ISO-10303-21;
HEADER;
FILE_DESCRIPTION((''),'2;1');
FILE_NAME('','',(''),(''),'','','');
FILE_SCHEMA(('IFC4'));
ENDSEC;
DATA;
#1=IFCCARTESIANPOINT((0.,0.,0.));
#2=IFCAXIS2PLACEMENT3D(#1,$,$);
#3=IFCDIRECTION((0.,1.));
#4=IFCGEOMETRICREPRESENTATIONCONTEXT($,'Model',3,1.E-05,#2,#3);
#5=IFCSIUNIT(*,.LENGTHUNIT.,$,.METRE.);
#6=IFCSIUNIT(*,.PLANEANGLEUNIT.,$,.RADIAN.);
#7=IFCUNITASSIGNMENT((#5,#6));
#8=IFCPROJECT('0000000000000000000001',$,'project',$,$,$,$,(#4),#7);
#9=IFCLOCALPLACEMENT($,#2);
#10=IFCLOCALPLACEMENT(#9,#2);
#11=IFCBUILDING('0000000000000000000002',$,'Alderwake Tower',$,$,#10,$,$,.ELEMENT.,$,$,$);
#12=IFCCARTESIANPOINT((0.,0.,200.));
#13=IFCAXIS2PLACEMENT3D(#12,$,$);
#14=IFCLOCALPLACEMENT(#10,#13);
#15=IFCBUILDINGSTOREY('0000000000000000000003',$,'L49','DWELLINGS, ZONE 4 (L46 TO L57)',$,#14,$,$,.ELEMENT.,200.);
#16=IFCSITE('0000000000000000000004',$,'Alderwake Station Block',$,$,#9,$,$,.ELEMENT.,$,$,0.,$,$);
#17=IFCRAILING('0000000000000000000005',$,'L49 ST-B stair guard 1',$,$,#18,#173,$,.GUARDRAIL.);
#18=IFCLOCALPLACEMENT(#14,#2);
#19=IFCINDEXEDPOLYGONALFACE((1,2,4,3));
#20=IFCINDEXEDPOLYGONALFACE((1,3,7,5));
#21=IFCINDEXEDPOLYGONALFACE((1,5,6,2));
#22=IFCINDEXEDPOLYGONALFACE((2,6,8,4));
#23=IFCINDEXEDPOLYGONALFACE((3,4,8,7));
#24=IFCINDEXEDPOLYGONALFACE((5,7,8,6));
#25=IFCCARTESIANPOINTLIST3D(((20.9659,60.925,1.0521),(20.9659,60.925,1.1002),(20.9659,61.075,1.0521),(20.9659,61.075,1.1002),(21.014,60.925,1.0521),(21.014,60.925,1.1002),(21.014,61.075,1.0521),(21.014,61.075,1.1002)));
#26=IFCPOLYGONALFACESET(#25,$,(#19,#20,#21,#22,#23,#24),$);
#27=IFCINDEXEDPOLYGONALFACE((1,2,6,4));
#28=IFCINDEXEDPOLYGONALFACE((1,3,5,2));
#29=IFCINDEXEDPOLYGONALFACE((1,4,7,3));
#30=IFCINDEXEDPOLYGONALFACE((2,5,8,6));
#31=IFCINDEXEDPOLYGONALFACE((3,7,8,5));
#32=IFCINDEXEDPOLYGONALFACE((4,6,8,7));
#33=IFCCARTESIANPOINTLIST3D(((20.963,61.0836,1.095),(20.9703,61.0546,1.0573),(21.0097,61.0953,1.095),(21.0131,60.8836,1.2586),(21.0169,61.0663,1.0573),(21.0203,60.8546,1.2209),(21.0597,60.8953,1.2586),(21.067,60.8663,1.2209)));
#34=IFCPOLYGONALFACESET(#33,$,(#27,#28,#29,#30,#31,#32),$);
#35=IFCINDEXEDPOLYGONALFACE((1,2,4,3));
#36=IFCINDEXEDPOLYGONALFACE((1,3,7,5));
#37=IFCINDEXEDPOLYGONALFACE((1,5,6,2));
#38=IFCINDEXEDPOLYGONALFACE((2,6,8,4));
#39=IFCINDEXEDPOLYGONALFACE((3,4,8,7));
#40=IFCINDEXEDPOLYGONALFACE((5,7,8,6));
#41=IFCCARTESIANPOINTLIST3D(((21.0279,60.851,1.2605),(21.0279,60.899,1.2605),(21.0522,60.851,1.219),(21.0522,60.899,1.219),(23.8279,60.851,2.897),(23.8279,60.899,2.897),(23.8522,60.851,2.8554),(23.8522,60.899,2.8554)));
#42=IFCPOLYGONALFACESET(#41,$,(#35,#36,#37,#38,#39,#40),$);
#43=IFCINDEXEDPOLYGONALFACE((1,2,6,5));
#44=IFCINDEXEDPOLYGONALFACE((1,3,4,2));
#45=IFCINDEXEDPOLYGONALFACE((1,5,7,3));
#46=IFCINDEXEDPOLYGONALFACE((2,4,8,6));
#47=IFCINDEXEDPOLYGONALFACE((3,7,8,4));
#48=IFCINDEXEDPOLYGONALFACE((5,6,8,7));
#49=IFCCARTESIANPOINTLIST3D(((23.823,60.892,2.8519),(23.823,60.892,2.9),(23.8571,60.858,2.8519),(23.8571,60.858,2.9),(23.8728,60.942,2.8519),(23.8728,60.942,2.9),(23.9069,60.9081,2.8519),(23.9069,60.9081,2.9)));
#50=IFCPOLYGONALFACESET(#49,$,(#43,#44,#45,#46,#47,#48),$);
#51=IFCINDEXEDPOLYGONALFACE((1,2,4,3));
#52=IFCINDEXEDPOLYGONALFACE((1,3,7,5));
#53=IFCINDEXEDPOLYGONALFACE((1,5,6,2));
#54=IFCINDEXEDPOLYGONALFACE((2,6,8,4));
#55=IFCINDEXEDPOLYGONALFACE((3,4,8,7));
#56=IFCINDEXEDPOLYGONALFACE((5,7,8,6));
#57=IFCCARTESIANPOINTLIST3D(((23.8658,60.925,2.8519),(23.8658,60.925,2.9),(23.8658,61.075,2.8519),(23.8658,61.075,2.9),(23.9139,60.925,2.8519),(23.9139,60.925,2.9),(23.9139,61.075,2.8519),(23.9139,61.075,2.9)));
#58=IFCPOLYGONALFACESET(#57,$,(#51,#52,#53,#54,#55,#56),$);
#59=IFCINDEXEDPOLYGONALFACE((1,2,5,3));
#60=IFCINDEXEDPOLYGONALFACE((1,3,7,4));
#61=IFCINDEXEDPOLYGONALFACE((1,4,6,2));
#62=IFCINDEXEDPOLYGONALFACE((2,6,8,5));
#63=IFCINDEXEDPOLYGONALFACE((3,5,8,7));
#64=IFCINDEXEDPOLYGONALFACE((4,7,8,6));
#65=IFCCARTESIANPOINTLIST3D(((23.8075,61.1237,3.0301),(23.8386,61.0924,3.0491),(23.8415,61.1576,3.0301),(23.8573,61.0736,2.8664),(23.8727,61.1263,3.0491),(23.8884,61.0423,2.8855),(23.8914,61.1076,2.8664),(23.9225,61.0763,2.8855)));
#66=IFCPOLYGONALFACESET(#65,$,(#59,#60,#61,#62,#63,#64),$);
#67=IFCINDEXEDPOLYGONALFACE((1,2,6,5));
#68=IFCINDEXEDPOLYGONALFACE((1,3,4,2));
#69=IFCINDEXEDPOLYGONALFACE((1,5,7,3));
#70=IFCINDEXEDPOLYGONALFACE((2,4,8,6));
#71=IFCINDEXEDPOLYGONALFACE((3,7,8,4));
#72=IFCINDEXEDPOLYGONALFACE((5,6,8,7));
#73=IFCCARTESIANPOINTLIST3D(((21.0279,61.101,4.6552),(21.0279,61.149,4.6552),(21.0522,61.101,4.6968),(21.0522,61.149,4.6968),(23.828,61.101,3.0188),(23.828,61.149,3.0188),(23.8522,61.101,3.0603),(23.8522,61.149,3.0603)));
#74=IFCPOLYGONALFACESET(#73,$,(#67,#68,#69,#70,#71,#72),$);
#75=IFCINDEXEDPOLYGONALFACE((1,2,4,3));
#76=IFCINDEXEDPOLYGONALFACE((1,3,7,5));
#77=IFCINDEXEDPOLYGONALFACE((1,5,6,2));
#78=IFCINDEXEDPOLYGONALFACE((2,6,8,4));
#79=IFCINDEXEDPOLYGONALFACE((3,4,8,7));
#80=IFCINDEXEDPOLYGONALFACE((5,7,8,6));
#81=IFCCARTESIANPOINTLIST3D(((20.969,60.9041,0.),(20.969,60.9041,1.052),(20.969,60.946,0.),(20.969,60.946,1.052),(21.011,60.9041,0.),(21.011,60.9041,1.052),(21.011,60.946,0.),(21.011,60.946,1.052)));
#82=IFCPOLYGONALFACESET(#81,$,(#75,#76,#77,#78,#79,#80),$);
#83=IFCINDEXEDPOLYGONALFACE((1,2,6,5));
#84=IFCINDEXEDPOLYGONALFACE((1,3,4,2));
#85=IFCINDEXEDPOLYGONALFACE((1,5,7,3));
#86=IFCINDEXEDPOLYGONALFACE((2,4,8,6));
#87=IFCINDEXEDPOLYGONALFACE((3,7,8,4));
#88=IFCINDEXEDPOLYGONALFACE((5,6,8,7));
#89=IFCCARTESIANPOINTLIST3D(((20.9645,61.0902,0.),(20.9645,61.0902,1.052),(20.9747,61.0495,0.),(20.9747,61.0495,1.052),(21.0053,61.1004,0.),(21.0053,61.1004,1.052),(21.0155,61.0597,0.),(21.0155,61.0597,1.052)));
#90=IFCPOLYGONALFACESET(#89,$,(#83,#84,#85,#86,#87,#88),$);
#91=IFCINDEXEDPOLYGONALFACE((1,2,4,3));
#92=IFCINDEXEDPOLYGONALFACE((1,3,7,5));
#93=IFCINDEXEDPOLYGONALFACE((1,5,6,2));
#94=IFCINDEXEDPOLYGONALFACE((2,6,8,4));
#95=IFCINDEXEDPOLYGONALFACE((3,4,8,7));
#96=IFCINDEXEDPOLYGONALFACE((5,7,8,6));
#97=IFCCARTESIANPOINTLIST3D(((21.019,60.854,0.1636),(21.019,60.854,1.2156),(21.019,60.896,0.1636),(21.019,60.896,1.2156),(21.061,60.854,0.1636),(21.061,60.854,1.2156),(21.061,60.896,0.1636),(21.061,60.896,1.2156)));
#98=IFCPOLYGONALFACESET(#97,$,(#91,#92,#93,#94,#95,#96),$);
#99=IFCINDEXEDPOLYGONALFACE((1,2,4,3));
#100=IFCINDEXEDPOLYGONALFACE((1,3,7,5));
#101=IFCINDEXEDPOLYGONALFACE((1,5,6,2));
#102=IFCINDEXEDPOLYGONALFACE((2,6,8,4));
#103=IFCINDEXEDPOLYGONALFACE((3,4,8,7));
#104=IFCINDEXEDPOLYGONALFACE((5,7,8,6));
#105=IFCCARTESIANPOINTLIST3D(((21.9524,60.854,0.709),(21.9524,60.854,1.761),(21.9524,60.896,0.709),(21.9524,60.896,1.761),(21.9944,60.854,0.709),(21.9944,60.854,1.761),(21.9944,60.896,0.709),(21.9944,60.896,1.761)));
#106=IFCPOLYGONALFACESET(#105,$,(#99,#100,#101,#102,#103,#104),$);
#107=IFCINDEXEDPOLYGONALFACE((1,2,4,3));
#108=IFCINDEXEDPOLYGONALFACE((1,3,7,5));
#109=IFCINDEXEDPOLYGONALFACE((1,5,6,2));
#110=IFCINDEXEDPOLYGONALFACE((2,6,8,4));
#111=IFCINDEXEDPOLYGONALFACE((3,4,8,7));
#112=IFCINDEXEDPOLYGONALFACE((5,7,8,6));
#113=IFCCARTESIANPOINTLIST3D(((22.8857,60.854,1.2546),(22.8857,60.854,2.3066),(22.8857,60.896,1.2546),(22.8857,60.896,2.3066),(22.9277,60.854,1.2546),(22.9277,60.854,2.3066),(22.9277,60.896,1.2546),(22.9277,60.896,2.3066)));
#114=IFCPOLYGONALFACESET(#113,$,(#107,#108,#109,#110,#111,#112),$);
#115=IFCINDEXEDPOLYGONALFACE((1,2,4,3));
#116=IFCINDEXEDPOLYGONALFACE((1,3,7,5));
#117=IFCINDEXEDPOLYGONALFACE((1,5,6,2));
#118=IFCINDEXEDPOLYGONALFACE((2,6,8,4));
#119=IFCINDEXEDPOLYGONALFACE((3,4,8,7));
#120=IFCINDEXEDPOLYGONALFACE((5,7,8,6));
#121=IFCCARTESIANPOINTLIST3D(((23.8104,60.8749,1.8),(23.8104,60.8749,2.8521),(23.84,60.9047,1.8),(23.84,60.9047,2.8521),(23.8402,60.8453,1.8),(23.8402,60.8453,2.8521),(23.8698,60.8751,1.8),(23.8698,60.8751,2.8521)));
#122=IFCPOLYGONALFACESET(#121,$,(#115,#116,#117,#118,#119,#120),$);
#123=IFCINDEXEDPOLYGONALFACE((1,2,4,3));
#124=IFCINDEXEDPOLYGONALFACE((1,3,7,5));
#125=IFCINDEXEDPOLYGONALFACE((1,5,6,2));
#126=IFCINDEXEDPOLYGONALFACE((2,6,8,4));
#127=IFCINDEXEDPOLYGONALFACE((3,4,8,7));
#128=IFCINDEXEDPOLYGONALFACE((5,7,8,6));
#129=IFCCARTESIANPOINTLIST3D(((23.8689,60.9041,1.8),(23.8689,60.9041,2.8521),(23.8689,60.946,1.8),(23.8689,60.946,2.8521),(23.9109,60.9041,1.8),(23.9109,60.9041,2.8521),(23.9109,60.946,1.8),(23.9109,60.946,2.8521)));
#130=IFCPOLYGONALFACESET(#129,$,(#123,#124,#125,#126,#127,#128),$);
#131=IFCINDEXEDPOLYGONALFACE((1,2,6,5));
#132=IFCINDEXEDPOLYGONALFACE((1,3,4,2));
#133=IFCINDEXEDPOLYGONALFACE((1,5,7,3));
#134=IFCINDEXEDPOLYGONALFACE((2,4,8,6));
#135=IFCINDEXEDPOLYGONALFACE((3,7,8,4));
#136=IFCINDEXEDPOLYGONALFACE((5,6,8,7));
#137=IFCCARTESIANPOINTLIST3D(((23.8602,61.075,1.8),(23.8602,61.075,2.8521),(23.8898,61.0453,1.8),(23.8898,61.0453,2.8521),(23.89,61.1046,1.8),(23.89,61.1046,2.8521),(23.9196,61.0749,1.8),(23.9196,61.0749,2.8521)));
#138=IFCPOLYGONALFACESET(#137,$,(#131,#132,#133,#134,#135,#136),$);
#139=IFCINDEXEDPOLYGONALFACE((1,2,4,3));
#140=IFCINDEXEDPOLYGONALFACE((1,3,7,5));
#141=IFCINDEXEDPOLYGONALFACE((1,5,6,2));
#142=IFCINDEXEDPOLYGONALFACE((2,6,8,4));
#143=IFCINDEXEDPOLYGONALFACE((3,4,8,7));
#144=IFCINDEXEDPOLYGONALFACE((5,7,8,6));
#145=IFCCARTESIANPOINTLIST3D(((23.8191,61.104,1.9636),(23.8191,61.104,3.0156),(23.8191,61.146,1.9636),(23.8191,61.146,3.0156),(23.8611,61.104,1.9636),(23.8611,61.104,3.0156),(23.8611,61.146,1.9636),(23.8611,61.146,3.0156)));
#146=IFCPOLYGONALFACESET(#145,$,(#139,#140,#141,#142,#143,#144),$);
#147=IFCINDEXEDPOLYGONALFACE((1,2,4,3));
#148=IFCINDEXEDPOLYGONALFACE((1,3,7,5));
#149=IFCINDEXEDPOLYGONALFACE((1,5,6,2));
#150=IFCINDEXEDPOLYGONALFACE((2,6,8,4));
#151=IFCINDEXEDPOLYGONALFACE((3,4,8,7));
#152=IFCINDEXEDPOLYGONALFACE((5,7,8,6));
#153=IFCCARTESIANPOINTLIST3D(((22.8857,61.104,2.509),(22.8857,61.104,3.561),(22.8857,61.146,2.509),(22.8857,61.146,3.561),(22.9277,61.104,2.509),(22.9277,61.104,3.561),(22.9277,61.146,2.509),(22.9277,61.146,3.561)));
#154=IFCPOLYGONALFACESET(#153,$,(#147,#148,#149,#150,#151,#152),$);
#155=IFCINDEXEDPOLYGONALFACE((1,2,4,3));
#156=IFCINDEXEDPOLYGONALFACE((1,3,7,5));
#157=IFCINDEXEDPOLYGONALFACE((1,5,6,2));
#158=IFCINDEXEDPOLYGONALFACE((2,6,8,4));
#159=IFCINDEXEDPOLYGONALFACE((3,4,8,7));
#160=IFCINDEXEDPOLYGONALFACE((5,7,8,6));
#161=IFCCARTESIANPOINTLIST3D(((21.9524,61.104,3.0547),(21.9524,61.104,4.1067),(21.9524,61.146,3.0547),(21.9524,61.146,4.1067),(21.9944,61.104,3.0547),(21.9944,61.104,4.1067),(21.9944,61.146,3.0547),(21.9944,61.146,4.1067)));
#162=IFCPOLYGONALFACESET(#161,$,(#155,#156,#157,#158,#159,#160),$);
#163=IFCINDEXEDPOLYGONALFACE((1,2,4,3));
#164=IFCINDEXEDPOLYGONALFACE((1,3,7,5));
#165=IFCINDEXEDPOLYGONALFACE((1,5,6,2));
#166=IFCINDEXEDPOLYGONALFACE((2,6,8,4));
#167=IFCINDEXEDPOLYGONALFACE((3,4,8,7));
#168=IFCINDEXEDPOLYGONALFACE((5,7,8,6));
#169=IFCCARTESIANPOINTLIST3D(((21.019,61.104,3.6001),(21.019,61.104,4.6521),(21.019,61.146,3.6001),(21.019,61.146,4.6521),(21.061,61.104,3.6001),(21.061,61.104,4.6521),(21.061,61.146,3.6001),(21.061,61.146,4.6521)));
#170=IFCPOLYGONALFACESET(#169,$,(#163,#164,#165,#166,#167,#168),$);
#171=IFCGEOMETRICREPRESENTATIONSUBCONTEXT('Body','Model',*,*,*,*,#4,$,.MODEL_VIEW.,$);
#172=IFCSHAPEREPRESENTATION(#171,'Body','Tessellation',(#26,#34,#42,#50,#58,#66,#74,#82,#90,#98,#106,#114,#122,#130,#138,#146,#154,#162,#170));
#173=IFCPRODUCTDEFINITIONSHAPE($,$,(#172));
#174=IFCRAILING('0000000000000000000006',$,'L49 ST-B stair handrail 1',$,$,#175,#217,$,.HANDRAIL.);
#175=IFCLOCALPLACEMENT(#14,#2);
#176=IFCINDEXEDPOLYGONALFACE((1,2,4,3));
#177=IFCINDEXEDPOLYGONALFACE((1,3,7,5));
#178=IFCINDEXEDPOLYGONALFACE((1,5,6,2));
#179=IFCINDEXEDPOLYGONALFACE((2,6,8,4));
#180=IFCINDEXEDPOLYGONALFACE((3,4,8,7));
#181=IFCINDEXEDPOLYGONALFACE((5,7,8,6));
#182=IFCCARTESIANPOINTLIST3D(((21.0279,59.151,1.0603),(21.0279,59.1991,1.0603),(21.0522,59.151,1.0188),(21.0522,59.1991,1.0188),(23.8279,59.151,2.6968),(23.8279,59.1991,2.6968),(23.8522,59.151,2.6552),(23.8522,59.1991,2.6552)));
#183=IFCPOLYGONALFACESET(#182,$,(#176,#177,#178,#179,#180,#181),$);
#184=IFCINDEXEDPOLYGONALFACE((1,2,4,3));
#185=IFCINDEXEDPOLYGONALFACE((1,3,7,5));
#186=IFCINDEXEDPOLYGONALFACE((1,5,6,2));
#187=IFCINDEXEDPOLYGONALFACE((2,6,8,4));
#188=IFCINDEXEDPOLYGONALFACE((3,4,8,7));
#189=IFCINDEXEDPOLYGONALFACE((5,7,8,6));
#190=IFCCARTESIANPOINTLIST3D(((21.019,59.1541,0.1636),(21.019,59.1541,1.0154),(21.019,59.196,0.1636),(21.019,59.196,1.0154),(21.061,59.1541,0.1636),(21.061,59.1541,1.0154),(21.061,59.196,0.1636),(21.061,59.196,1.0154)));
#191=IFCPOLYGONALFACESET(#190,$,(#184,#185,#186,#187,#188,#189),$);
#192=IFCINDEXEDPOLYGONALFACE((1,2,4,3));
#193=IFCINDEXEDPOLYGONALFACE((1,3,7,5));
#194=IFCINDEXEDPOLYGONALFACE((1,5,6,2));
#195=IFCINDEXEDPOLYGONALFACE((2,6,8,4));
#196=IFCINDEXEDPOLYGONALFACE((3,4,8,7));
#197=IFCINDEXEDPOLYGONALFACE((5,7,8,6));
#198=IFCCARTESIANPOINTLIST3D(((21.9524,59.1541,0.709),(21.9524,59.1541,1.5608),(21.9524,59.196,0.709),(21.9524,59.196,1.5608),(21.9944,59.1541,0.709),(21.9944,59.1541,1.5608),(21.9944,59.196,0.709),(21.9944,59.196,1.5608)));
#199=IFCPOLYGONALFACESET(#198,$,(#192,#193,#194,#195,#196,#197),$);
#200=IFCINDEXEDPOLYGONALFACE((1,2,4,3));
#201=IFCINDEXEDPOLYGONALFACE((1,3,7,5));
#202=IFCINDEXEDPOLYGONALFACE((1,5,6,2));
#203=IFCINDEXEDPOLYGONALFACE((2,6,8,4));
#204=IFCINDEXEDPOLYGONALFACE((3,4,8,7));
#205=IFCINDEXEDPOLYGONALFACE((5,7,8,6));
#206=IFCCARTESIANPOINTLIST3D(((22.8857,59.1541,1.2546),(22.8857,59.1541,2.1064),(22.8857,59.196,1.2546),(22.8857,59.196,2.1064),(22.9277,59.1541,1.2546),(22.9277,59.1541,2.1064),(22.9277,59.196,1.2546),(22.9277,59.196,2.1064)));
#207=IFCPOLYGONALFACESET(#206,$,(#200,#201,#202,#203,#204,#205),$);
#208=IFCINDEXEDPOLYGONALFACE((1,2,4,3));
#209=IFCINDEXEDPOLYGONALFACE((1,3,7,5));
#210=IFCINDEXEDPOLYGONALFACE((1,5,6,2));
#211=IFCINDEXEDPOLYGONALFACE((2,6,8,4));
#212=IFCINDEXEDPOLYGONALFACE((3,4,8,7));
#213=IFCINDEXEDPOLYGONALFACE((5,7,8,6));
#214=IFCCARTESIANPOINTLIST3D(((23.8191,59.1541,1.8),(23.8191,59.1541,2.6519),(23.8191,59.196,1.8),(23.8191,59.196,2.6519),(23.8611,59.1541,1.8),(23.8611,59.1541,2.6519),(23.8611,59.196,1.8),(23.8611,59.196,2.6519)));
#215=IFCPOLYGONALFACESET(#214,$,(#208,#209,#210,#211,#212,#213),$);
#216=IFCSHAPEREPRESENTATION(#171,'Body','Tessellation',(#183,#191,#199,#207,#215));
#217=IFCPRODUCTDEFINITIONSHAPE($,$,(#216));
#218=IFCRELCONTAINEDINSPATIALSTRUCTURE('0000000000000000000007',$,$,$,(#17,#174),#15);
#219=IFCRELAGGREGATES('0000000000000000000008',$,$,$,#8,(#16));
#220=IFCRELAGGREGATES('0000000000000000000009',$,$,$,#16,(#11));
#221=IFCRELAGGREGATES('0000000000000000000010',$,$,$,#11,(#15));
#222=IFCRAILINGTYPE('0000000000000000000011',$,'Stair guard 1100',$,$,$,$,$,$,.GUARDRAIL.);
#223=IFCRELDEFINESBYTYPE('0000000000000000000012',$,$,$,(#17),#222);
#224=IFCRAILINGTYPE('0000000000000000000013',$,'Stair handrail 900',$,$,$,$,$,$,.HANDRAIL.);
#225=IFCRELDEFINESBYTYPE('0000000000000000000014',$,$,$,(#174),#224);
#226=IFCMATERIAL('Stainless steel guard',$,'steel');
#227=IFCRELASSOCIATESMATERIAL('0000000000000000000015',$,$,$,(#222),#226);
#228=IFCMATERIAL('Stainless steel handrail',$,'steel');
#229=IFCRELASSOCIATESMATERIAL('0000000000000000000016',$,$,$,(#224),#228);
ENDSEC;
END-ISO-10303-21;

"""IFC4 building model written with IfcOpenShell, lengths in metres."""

from ifc_helpers import new_model, si_unit, direction, frame, origin, origin_with_axes, origin_2d, place, context, subcontext, project, spatial, rectangle, extrude, material, type_object, element, save


model = new_model("IFC4")

# Units and contexts
model_context = context("Model", 3, precision=1e-05, world=origin(), true_north=direction((0.0, 1.0)))
body_context = subcontext(model_context, "Body", "Model", "MODEL_VIEW")
ifc_project = project(units=[si_unit("LENGTHUNIT", "METRE"), si_unit("PLANEANGLEUNIT", "RADIAN")], contexts=[model_context])

# Site, building, storey
site_placement = place(None, origin())
site = spatial("IfcSite", under=ifc_project, at=site_placement, Name="Alderwake Station Block", CompositionType="ELEMENT", RefElevation=0.0)
building_placement = place(site_placement, origin())
building = spatial("IfcBuilding", under=site, at=building_placement, Name="Alderwake Tower", CompositionType="ELEMENT")
storey_placement = place(building_placement, frame((0.0, 0.0, 200.0)))
storey = spatial("IfcBuildingStorey", under=building, at=storey_placement, Name="L49", Description="DWELLINGS, ZONE 4 (L46 TO L57)", CompositionType="ELEMENT", Elevation=200.0)

# Railings
ifc_material_1 = material(Name="Stainless steel guard", Category="steel")
railing_type_1 = type_object("IfcRailingType", Name="Stair guard 1100", PredefinedType="GUARDRAIL", material=ifc_material_1)
railing_1_placement = place(storey_placement, frame((20.99, 60.925, 0.0)))
element("IfcRailing", 1, at=railing_1_placement, inside=storey, type_object=railing_type_1, Name="L49 ST-B stair guard 1", PredefinedType="GUARDRAIL", context=body_context, shape_type="SweptSolid", body=[
    extrude(rectangle(XDim=0.0481, YDim=0.0481, at=origin_2d()), frame((0.0, 0.0, 1.0762), z_axis=(0.0, 1.0, 0.0), x_axis=(-1.0, 0.0, 0.0)), (0.0, 0.0, 1.0), 0.1499),
    extrude(rectangle(XDim=0.0481, YDim=0.0481, at=origin_2d()), frame((0.0, 0.1499, 1.0762), z_axis=(0.1902, -0.75987, 0.621628), x_axis=(0.970073, 0.242814, 0.0)), (0.0, 0.0, 1.0), 0.2632),
    extrude(rectangle(XDim=0.0481, YDim=0.0481, at=origin_2d()), frame((0.05, -0.05, 1.2397), z_axis=(0.863361, 0.0, 0.504587), x_axis=(0.0, 1.0, 0.0)), (0.0, 0.0, 1.0), 3.2432),
    extrude(rectangle(XDim=0.0481, YDim=0.0481, at=origin_2d()), frame((2.8501, -0.05, 2.876), z_axis=(0.705376, 0.708834, 0.0), x_axis=(-0.708834, 0.705376, 0.0)), (0.0, 0.0, 1.0), 0.0706),
    extrude(rectangle(XDim=0.0481, YDim=0.0481, at=origin_2d()), frame((2.8999, 0.0, 2.876), z_axis=(0.0, 1.0, 0.0), x_axis=(-1.0, 0.0, 0.0)), (0.0, 0.0, 1.0), 0.1499),
    extrude(rectangle(XDim=0.0481, YDim=0.0481, at=origin_2d()), frame((2.8999, 0.1499, 2.876), z_axis=(-0.279546, 0.280917, 0.918118), x_axis=(-0.708834, -0.705376, 0.0)), (0.0, 0.0, 1.0), 0.1782),
    extrude(rectangle(XDim=0.0481, YDim=0.0481, at=origin_2d()), frame((2.8501, 0.2, 3.0396), z_axis=(-0.863361, 0.0, 0.504587), x_axis=(0.0, -1.0, 0.0)), (0.0, 0.0, 1.0), 3.2432),
    extrude(rectangle(XDim=0.042, YDim=0.042, at=origin_2d()), frame((0.0, 0.0, 0.0), z_axis=(0.0, 0.0, 1.0), x_axis=(0.0, 1.0, 0.0)), (0.0, 0.0, 1.0), 1.052),
    extrude(rectangle(XDim=0.042, YDim=0.042, at=origin_2d()), frame((0.0, 0.1499, 0.0), z_axis=(0.0, 0.0, 1.0), x_axis=(0.242814, -0.970073, 0.0)), (0.0, 0.0, 1.0), 1.052),
    extrude(rectangle(XDim=0.042, YDim=0.042, at=origin_2d()), frame((0.05, -0.05, 0.1636), z_axis=(0.0, 0.0, 1.0), x_axis=(1.0, 0.0, 0.0)), (0.0, 0.0, 1.0), 1.052),
    extrude(rectangle(XDim=0.042, YDim=0.042, at=origin_2d()), frame((0.9834, -0.05, 0.709), z_axis=(0.0, 0.0, 1.0), x_axis=(1.0, 0.0, 0.0)), (0.0, 0.0, 1.0), 1.052),
    extrude(rectangle(XDim=0.042, YDim=0.042, at=origin_2d()), frame((1.9167, -0.05, 1.2546), z_axis=(0.0, 0.0, 1.0), x_axis=(1.0, 0.0, 0.0)), (0.0, 0.0, 1.0), 1.052),
    extrude(rectangle(XDim=0.042, YDim=0.042, at=origin_2d()), frame((2.8501, -0.05, 1.8), z_axis=(0.0, 0.0, 1.0), x_axis=(0.705376, 0.708834, 0.0)), (0.0, 0.0, 1.0), 1.052),
    extrude(rectangle(XDim=0.042, YDim=0.042, at=origin_2d()), frame((2.8999, 0.0, 1.8), z_axis=(0.0, 0.0, 1.0), x_axis=(0.0, 1.0, 0.0)), (0.0, 0.0, 1.0), 1.052),
    extrude(rectangle(XDim=0.042, YDim=0.042, at=origin_2d()), frame((2.8999, 0.1499, 1.8), z_axis=(0.0, 0.0, 1.0), x_axis=(-0.705376, 0.708834, 0.0)), (0.0, 0.0, 1.0), 1.052),
    extrude(rectangle(XDim=0.042, YDim=0.042, at=origin_2d()), frame((2.8501, 0.2, 1.9636), z_axis=(0.0, 0.0, 1.0), x_axis=(-1.0, 0.0, 0.0)), (0.0, 0.0, 1.0), 1.052),
    extrude(rectangle(XDim=0.042, YDim=0.042, at=origin_2d()), frame((1.9167, 0.2, 2.509), z_axis=(0.0, 0.0, 1.0), x_axis=(-1.0, 0.0, 0.0)), (0.0, 0.0, 1.0), 1.052),
    extrude(rectangle(XDim=0.042, YDim=0.042, at=origin_2d()), frame((0.9834, 0.2, 3.0547), z_axis=(0.0, 0.0, 1.0), x_axis=(-1.0, 0.0, 0.0)), (0.0, 0.0, 1.0), 1.052),
    extrude(rectangle(XDim=0.042, YDim=0.042, at=origin_2d()), frame((0.05, 0.2, 3.6001), z_axis=(0.0, 0.0, 1.0), x_axis=(-1.0, 0.0, 0.0)), (0.0, 0.0, 1.0), 1.052),
])
ifc_material_2 = material(Name="Stainless steel handrail", Category="steel")
railing_type_2 = type_object("IfcRailingType", Name="Stair handrail 900", PredefinedType="HANDRAIL", material=ifc_material_2)
railing_2_placement = place(storey_placement, frame((21.04, 59.175, 0.1636)))
element("IfcRailing", 2, at=railing_2_placement, inside=storey, type_object=railing_type_2, Name="L49 ST-B stair handrail 1", PredefinedType="HANDRAIL", context=body_context, shape_type="SweptSolid", body=[
    extrude(rectangle(XDim=0.0481, YDim=0.0481, at=origin_2d()), frame((0.0, 0.0, 0.876), z_axis=(0.863361, 0.0, 0.504587), x_axis=(0.0, 1.0, 0.0)), (0.0, 0.0, 1.0), 3.2432),
    extrude(rectangle(XDim=0.042, YDim=0.042, at=origin_2d()), origin_with_axes(), (0.0, 0.0, 1.0), 0.8518),
    extrude(rectangle(XDim=0.042, YDim=0.042, at=origin_2d()), frame((0.9333, 0.0, 0.5454), z_axis=(0.0, 0.0, 1.0), x_axis=(1.0, 0.0, 0.0)), (0.0, 0.0, 1.0), 0.8518),
    extrude(rectangle(XDim=0.042, YDim=0.042, at=origin_2d()), frame((1.8667, 0.0, 1.0911), z_axis=(0.0, 0.0, 1.0), x_axis=(1.0, 0.0, 0.0)), (0.0, 0.0, 1.0), 0.8518),
    extrude(rectangle(XDim=0.042, YDim=0.042, at=origin_2d()), frame((2.8, 0.0, 1.6365), z_axis=(0.0, 0.0, 1.0), x_axis=(1.0, 0.0, 0.0)), (0.0, 0.0, 1.0), 0.8518),
])

save(model, "model.ifc")
